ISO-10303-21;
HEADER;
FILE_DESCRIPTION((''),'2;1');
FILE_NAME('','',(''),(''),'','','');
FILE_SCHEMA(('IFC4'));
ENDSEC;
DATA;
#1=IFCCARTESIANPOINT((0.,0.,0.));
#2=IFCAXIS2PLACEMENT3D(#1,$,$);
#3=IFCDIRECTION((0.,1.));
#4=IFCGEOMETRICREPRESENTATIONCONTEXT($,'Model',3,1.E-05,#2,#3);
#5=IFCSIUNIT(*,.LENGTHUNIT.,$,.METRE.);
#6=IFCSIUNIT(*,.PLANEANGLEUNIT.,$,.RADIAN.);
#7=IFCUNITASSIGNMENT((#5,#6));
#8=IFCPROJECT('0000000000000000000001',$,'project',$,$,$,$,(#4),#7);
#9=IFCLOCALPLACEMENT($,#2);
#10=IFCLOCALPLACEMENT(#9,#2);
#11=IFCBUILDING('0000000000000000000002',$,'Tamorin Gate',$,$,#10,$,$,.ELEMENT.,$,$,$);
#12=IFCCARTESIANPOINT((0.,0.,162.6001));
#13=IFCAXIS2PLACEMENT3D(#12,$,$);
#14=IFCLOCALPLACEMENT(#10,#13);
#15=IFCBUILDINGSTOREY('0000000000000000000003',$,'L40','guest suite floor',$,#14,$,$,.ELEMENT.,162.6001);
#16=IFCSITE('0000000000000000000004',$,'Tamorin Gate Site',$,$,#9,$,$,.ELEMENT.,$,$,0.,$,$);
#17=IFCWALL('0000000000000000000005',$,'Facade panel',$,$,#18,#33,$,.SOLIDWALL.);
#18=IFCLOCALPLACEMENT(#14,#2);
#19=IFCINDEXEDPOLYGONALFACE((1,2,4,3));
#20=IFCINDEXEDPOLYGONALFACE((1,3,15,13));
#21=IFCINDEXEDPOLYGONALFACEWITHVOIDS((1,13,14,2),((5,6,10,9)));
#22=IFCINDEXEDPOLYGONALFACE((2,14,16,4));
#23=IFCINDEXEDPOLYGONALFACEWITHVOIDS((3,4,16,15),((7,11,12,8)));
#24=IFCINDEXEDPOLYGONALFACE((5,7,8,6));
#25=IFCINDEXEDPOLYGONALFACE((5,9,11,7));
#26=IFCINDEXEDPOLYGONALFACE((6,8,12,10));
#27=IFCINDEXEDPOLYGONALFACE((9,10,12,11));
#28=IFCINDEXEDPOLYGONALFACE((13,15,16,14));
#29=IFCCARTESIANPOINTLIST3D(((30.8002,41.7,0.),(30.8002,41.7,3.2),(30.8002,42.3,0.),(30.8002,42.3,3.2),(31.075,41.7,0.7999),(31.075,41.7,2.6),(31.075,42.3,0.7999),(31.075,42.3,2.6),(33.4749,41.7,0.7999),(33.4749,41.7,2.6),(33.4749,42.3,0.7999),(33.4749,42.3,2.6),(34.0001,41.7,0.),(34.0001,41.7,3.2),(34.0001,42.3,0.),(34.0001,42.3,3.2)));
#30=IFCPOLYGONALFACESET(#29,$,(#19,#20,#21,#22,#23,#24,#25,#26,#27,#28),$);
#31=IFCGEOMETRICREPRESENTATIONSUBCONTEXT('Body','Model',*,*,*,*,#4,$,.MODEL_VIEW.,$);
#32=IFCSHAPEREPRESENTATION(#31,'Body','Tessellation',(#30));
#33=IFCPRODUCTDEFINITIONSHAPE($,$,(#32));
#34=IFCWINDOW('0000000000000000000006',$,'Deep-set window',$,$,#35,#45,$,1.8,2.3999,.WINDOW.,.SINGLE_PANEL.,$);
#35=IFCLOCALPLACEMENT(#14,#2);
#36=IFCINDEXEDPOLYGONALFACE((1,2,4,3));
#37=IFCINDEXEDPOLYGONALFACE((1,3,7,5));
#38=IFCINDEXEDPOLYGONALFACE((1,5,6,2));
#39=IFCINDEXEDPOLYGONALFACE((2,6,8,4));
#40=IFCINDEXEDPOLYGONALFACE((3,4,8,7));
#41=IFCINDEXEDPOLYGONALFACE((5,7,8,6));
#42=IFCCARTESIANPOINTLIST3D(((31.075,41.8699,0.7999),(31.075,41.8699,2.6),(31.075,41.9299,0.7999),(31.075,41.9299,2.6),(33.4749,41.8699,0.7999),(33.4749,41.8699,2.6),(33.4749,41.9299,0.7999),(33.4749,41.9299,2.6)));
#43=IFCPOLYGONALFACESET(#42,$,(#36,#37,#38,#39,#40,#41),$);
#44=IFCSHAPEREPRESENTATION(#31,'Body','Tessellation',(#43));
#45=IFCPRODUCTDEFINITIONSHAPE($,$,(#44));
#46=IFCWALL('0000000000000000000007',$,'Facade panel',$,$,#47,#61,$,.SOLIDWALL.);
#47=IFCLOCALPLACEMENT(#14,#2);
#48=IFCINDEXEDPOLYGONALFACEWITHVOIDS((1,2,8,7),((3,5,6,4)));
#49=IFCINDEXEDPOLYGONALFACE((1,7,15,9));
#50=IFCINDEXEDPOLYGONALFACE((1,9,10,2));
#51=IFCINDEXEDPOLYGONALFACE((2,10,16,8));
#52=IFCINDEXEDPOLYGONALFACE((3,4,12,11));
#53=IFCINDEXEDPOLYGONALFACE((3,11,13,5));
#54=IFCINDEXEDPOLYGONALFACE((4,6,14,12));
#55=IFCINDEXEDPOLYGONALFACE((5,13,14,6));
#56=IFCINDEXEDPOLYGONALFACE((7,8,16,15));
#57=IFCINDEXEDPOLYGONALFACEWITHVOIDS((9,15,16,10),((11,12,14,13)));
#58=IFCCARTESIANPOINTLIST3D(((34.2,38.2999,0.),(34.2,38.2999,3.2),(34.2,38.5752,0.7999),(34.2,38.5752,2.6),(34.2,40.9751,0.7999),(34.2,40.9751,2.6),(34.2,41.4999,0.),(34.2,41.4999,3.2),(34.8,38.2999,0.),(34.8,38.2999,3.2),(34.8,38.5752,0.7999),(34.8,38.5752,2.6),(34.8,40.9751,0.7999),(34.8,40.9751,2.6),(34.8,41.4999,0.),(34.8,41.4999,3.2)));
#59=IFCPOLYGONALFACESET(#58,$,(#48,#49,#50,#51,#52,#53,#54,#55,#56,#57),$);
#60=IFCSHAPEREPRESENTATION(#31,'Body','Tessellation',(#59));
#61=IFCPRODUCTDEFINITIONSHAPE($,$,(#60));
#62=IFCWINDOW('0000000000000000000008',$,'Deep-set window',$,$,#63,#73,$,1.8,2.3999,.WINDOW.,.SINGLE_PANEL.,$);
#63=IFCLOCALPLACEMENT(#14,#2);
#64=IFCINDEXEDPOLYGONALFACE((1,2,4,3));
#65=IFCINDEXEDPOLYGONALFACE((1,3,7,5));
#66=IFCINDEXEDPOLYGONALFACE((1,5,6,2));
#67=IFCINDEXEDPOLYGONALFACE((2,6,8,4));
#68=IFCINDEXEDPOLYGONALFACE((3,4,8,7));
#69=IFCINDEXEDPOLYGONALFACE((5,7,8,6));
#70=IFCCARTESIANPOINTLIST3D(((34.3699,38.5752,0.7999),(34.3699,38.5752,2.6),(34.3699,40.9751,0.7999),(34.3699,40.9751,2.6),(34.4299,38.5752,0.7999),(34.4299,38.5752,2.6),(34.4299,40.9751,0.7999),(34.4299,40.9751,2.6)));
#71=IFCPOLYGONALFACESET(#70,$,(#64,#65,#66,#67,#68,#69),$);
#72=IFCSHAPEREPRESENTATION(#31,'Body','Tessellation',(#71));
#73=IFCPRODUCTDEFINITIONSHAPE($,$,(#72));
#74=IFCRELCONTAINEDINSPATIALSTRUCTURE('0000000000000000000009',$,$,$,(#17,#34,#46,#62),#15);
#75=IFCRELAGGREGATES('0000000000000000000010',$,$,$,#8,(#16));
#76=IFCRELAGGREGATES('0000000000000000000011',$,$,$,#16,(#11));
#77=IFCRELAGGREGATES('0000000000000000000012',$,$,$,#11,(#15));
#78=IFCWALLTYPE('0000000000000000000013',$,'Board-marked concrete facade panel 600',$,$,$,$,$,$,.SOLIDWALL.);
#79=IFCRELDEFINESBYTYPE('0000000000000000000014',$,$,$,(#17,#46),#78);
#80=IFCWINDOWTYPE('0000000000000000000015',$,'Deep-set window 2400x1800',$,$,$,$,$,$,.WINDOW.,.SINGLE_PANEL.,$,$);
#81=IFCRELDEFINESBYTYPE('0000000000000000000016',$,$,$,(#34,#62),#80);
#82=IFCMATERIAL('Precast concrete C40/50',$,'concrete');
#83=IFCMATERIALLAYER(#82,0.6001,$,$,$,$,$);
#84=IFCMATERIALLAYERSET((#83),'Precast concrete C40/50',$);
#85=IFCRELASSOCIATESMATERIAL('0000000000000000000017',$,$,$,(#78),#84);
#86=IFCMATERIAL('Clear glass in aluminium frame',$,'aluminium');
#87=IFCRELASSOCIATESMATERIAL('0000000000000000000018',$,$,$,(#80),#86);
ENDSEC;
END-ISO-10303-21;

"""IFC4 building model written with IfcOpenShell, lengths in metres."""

from ifc_helpers import new_model, si_unit, direction, frame, frame_2d, origin, place, context, subcontext, project, spatial, rectangle, extrude, material, layer, layer_set, type_object, element, fill, save


model = new_model("IFC4")

# Units and contexts
model_context = context("Model", 3, precision=1e-05, world=origin(), true_north=direction((0.0, 1.0)))
body_context = subcontext(model_context, "Body", "Model", "MODEL_VIEW")
ifc_project = project(units=[si_unit("LENGTHUNIT", "METRE"), si_unit("PLANEANGLEUNIT", "RADIAN")], contexts=[model_context])

# Site, building, storey
site_placement = place(None, origin())
site = spatial("IfcSite", under=ifc_project, at=site_placement, Name="Tamorin Gate Site", CompositionType="ELEMENT", RefElevation=0.0)
building_placement = place(site_placement, origin())
building = spatial("IfcBuilding", under=site, at=building_placement, Name="Tamorin Gate", CompositionType="ELEMENT")
storey_placement = place(building_placement, frame((0.0, 0.0, 162.6001)))
storey = spatial("IfcBuildingStorey", under=building, at=storey_placement, Name="L40", Description="guest suite floor", CompositionType="ELEMENT", Elevation=162.6001)

# Shared definitions
ifc_material_1 = material(Name="Precast concrete C40/50", Category="concrete")
ifc_layer_1 = layer(ifc_material_1, 0.6001)
ifc_layer_set_1 = layer_set([ifc_layer_1], Name="Precast concrete C40/50")
wall_type = type_object("IfcWallType", Name="Board-marked concrete facade panel 600", PredefinedType="SOLIDWALL", material=ifc_layer_set_1)

# Walls, openings, windows
wall_1_placement = place(storey_placement, frame((30.8, 42.0, 0.0), z_axis=(0.0, 0.0, 1.0), x_axis=(1.0, 0.0, 0.0)))
wall_1 = element("IfcWall", 1, at=wall_1_placement, inside=storey, type_object=wall_type, Name="Facade panel", PredefinedType="SOLIDWALL", context=body_context, shape_type="SweptSolid", body=[
    extrude(rectangle(XDim=3.2, YDim=0.6001, at=frame_2d((1.6001, 0.0))), origin(), (0.0, 0.0, 1.0), 3.2),
])
opening_1_placement = place(wall_1_placement, frame((0.2749, 0.0, 0.8)))
opening_1 = element("IfcOpeningElement", 2, at=opening_1_placement, cuts=wall_1, PredefinedType="OPENING", context=body_context, shape_type="SweptSolid", body=[
    extrude(rectangle(XDim=2.3999, YDim=1.8, at=frame_2d((1.2, 0.8999))), frame((0.0, 0.3101, 0.0), z_axis=(0.0, -1.0, 0.0), x_axis=(1.0, 0.0, 0.0)), (0.0, 0.0, 1.0), 0.6201),
])
ifc_material_2 = material(Name="Clear glass in aluminium frame", Category="aluminium")
window_type = type_object("IfcWindowType", Name="Deep-set window 2400x1800", PartitioningType="SINGLE_PANEL", PredefinedType="WINDOW", material=ifc_material_2)
window_1_placement = place(opening_1_placement, origin())
window_1 = element("IfcWindow", 3, at=window_1_placement, inside=storey, type_object=window_type, Name="Deep-set window", OverallHeight=1.8, OverallWidth=2.3999, PartitioningType="SINGLE_PANEL", PredefinedType="WINDOW", context=body_context, shape_type="SweptSolid", body=[
    extrude(rectangle(XDim=2.3999, YDim=1.8, at=frame_2d((1.2, 0.8999))), frame((0.0, -0.0701, 0.0), z_axis=(0.0, -1.0, 0.0), x_axis=(1.0, 0.0, 0.0)), (0.0, 0.0, 1.0), 0.0601),
])
fill(opening_1, window_1)
wall_2_placement = place(storey_placement, frame((34.5, 41.5, 0.0), z_axis=(0.0, 0.0, 1.0), x_axis=(0.0, -1.0, 0.0)))
wall_2 = element("IfcWall", 4, at=wall_2_placement, inside=storey, type_object=wall_type, Name="Facade panel", PredefinedType="SOLIDWALL", context=body_context, shape_type="SweptSolid", body=[
    extrude(rectangle(XDim=3.2, YDim=0.6001, at=frame_2d((1.6001, 0.0))), origin(), (0.0, 0.0, 1.0), 3.2),
])
opening_2_placement = place(wall_2_placement, frame((0.5249, 0.0, 0.8)))
opening_2 = element("IfcOpeningElement", 5, at=opening_2_placement, cuts=wall_2, PredefinedType="OPENING", context=body_context, shape_type="SweptSolid", body=[
    extrude(rectangle(XDim=2.3999, YDim=1.8, at=frame_2d((1.2, 0.8999))), frame((0.0, 0.3101, 0.0), z_axis=(0.0, -1.0, 0.0), x_axis=(1.0, 0.0, 0.0)), (0.0, 0.0, 1.0), 0.6201),
])
window_2_placement = place(opening_2_placement, origin())
window_2 = element("IfcWindow", 6, at=window_2_placement, inside=storey, type_object=window_type, Name="Deep-set window", OverallHeight=1.8, OverallWidth=2.3999, PartitioningType="SINGLE_PANEL", PredefinedType="WINDOW", context=body_context, shape_type="SweptSolid", body=[
    extrude(rectangle(XDim=2.3999, YDim=1.8, at=frame_2d((1.2, 0.8999))), frame((0.0, -0.0701, 0.0), z_axis=(0.0, -1.0, 0.0), x_axis=(1.0, 0.0, 0.0)), (0.0, 0.0, 1.0), 0.0601),
])
fill(opening_2, window_2)

save(model, "model.ifc")
